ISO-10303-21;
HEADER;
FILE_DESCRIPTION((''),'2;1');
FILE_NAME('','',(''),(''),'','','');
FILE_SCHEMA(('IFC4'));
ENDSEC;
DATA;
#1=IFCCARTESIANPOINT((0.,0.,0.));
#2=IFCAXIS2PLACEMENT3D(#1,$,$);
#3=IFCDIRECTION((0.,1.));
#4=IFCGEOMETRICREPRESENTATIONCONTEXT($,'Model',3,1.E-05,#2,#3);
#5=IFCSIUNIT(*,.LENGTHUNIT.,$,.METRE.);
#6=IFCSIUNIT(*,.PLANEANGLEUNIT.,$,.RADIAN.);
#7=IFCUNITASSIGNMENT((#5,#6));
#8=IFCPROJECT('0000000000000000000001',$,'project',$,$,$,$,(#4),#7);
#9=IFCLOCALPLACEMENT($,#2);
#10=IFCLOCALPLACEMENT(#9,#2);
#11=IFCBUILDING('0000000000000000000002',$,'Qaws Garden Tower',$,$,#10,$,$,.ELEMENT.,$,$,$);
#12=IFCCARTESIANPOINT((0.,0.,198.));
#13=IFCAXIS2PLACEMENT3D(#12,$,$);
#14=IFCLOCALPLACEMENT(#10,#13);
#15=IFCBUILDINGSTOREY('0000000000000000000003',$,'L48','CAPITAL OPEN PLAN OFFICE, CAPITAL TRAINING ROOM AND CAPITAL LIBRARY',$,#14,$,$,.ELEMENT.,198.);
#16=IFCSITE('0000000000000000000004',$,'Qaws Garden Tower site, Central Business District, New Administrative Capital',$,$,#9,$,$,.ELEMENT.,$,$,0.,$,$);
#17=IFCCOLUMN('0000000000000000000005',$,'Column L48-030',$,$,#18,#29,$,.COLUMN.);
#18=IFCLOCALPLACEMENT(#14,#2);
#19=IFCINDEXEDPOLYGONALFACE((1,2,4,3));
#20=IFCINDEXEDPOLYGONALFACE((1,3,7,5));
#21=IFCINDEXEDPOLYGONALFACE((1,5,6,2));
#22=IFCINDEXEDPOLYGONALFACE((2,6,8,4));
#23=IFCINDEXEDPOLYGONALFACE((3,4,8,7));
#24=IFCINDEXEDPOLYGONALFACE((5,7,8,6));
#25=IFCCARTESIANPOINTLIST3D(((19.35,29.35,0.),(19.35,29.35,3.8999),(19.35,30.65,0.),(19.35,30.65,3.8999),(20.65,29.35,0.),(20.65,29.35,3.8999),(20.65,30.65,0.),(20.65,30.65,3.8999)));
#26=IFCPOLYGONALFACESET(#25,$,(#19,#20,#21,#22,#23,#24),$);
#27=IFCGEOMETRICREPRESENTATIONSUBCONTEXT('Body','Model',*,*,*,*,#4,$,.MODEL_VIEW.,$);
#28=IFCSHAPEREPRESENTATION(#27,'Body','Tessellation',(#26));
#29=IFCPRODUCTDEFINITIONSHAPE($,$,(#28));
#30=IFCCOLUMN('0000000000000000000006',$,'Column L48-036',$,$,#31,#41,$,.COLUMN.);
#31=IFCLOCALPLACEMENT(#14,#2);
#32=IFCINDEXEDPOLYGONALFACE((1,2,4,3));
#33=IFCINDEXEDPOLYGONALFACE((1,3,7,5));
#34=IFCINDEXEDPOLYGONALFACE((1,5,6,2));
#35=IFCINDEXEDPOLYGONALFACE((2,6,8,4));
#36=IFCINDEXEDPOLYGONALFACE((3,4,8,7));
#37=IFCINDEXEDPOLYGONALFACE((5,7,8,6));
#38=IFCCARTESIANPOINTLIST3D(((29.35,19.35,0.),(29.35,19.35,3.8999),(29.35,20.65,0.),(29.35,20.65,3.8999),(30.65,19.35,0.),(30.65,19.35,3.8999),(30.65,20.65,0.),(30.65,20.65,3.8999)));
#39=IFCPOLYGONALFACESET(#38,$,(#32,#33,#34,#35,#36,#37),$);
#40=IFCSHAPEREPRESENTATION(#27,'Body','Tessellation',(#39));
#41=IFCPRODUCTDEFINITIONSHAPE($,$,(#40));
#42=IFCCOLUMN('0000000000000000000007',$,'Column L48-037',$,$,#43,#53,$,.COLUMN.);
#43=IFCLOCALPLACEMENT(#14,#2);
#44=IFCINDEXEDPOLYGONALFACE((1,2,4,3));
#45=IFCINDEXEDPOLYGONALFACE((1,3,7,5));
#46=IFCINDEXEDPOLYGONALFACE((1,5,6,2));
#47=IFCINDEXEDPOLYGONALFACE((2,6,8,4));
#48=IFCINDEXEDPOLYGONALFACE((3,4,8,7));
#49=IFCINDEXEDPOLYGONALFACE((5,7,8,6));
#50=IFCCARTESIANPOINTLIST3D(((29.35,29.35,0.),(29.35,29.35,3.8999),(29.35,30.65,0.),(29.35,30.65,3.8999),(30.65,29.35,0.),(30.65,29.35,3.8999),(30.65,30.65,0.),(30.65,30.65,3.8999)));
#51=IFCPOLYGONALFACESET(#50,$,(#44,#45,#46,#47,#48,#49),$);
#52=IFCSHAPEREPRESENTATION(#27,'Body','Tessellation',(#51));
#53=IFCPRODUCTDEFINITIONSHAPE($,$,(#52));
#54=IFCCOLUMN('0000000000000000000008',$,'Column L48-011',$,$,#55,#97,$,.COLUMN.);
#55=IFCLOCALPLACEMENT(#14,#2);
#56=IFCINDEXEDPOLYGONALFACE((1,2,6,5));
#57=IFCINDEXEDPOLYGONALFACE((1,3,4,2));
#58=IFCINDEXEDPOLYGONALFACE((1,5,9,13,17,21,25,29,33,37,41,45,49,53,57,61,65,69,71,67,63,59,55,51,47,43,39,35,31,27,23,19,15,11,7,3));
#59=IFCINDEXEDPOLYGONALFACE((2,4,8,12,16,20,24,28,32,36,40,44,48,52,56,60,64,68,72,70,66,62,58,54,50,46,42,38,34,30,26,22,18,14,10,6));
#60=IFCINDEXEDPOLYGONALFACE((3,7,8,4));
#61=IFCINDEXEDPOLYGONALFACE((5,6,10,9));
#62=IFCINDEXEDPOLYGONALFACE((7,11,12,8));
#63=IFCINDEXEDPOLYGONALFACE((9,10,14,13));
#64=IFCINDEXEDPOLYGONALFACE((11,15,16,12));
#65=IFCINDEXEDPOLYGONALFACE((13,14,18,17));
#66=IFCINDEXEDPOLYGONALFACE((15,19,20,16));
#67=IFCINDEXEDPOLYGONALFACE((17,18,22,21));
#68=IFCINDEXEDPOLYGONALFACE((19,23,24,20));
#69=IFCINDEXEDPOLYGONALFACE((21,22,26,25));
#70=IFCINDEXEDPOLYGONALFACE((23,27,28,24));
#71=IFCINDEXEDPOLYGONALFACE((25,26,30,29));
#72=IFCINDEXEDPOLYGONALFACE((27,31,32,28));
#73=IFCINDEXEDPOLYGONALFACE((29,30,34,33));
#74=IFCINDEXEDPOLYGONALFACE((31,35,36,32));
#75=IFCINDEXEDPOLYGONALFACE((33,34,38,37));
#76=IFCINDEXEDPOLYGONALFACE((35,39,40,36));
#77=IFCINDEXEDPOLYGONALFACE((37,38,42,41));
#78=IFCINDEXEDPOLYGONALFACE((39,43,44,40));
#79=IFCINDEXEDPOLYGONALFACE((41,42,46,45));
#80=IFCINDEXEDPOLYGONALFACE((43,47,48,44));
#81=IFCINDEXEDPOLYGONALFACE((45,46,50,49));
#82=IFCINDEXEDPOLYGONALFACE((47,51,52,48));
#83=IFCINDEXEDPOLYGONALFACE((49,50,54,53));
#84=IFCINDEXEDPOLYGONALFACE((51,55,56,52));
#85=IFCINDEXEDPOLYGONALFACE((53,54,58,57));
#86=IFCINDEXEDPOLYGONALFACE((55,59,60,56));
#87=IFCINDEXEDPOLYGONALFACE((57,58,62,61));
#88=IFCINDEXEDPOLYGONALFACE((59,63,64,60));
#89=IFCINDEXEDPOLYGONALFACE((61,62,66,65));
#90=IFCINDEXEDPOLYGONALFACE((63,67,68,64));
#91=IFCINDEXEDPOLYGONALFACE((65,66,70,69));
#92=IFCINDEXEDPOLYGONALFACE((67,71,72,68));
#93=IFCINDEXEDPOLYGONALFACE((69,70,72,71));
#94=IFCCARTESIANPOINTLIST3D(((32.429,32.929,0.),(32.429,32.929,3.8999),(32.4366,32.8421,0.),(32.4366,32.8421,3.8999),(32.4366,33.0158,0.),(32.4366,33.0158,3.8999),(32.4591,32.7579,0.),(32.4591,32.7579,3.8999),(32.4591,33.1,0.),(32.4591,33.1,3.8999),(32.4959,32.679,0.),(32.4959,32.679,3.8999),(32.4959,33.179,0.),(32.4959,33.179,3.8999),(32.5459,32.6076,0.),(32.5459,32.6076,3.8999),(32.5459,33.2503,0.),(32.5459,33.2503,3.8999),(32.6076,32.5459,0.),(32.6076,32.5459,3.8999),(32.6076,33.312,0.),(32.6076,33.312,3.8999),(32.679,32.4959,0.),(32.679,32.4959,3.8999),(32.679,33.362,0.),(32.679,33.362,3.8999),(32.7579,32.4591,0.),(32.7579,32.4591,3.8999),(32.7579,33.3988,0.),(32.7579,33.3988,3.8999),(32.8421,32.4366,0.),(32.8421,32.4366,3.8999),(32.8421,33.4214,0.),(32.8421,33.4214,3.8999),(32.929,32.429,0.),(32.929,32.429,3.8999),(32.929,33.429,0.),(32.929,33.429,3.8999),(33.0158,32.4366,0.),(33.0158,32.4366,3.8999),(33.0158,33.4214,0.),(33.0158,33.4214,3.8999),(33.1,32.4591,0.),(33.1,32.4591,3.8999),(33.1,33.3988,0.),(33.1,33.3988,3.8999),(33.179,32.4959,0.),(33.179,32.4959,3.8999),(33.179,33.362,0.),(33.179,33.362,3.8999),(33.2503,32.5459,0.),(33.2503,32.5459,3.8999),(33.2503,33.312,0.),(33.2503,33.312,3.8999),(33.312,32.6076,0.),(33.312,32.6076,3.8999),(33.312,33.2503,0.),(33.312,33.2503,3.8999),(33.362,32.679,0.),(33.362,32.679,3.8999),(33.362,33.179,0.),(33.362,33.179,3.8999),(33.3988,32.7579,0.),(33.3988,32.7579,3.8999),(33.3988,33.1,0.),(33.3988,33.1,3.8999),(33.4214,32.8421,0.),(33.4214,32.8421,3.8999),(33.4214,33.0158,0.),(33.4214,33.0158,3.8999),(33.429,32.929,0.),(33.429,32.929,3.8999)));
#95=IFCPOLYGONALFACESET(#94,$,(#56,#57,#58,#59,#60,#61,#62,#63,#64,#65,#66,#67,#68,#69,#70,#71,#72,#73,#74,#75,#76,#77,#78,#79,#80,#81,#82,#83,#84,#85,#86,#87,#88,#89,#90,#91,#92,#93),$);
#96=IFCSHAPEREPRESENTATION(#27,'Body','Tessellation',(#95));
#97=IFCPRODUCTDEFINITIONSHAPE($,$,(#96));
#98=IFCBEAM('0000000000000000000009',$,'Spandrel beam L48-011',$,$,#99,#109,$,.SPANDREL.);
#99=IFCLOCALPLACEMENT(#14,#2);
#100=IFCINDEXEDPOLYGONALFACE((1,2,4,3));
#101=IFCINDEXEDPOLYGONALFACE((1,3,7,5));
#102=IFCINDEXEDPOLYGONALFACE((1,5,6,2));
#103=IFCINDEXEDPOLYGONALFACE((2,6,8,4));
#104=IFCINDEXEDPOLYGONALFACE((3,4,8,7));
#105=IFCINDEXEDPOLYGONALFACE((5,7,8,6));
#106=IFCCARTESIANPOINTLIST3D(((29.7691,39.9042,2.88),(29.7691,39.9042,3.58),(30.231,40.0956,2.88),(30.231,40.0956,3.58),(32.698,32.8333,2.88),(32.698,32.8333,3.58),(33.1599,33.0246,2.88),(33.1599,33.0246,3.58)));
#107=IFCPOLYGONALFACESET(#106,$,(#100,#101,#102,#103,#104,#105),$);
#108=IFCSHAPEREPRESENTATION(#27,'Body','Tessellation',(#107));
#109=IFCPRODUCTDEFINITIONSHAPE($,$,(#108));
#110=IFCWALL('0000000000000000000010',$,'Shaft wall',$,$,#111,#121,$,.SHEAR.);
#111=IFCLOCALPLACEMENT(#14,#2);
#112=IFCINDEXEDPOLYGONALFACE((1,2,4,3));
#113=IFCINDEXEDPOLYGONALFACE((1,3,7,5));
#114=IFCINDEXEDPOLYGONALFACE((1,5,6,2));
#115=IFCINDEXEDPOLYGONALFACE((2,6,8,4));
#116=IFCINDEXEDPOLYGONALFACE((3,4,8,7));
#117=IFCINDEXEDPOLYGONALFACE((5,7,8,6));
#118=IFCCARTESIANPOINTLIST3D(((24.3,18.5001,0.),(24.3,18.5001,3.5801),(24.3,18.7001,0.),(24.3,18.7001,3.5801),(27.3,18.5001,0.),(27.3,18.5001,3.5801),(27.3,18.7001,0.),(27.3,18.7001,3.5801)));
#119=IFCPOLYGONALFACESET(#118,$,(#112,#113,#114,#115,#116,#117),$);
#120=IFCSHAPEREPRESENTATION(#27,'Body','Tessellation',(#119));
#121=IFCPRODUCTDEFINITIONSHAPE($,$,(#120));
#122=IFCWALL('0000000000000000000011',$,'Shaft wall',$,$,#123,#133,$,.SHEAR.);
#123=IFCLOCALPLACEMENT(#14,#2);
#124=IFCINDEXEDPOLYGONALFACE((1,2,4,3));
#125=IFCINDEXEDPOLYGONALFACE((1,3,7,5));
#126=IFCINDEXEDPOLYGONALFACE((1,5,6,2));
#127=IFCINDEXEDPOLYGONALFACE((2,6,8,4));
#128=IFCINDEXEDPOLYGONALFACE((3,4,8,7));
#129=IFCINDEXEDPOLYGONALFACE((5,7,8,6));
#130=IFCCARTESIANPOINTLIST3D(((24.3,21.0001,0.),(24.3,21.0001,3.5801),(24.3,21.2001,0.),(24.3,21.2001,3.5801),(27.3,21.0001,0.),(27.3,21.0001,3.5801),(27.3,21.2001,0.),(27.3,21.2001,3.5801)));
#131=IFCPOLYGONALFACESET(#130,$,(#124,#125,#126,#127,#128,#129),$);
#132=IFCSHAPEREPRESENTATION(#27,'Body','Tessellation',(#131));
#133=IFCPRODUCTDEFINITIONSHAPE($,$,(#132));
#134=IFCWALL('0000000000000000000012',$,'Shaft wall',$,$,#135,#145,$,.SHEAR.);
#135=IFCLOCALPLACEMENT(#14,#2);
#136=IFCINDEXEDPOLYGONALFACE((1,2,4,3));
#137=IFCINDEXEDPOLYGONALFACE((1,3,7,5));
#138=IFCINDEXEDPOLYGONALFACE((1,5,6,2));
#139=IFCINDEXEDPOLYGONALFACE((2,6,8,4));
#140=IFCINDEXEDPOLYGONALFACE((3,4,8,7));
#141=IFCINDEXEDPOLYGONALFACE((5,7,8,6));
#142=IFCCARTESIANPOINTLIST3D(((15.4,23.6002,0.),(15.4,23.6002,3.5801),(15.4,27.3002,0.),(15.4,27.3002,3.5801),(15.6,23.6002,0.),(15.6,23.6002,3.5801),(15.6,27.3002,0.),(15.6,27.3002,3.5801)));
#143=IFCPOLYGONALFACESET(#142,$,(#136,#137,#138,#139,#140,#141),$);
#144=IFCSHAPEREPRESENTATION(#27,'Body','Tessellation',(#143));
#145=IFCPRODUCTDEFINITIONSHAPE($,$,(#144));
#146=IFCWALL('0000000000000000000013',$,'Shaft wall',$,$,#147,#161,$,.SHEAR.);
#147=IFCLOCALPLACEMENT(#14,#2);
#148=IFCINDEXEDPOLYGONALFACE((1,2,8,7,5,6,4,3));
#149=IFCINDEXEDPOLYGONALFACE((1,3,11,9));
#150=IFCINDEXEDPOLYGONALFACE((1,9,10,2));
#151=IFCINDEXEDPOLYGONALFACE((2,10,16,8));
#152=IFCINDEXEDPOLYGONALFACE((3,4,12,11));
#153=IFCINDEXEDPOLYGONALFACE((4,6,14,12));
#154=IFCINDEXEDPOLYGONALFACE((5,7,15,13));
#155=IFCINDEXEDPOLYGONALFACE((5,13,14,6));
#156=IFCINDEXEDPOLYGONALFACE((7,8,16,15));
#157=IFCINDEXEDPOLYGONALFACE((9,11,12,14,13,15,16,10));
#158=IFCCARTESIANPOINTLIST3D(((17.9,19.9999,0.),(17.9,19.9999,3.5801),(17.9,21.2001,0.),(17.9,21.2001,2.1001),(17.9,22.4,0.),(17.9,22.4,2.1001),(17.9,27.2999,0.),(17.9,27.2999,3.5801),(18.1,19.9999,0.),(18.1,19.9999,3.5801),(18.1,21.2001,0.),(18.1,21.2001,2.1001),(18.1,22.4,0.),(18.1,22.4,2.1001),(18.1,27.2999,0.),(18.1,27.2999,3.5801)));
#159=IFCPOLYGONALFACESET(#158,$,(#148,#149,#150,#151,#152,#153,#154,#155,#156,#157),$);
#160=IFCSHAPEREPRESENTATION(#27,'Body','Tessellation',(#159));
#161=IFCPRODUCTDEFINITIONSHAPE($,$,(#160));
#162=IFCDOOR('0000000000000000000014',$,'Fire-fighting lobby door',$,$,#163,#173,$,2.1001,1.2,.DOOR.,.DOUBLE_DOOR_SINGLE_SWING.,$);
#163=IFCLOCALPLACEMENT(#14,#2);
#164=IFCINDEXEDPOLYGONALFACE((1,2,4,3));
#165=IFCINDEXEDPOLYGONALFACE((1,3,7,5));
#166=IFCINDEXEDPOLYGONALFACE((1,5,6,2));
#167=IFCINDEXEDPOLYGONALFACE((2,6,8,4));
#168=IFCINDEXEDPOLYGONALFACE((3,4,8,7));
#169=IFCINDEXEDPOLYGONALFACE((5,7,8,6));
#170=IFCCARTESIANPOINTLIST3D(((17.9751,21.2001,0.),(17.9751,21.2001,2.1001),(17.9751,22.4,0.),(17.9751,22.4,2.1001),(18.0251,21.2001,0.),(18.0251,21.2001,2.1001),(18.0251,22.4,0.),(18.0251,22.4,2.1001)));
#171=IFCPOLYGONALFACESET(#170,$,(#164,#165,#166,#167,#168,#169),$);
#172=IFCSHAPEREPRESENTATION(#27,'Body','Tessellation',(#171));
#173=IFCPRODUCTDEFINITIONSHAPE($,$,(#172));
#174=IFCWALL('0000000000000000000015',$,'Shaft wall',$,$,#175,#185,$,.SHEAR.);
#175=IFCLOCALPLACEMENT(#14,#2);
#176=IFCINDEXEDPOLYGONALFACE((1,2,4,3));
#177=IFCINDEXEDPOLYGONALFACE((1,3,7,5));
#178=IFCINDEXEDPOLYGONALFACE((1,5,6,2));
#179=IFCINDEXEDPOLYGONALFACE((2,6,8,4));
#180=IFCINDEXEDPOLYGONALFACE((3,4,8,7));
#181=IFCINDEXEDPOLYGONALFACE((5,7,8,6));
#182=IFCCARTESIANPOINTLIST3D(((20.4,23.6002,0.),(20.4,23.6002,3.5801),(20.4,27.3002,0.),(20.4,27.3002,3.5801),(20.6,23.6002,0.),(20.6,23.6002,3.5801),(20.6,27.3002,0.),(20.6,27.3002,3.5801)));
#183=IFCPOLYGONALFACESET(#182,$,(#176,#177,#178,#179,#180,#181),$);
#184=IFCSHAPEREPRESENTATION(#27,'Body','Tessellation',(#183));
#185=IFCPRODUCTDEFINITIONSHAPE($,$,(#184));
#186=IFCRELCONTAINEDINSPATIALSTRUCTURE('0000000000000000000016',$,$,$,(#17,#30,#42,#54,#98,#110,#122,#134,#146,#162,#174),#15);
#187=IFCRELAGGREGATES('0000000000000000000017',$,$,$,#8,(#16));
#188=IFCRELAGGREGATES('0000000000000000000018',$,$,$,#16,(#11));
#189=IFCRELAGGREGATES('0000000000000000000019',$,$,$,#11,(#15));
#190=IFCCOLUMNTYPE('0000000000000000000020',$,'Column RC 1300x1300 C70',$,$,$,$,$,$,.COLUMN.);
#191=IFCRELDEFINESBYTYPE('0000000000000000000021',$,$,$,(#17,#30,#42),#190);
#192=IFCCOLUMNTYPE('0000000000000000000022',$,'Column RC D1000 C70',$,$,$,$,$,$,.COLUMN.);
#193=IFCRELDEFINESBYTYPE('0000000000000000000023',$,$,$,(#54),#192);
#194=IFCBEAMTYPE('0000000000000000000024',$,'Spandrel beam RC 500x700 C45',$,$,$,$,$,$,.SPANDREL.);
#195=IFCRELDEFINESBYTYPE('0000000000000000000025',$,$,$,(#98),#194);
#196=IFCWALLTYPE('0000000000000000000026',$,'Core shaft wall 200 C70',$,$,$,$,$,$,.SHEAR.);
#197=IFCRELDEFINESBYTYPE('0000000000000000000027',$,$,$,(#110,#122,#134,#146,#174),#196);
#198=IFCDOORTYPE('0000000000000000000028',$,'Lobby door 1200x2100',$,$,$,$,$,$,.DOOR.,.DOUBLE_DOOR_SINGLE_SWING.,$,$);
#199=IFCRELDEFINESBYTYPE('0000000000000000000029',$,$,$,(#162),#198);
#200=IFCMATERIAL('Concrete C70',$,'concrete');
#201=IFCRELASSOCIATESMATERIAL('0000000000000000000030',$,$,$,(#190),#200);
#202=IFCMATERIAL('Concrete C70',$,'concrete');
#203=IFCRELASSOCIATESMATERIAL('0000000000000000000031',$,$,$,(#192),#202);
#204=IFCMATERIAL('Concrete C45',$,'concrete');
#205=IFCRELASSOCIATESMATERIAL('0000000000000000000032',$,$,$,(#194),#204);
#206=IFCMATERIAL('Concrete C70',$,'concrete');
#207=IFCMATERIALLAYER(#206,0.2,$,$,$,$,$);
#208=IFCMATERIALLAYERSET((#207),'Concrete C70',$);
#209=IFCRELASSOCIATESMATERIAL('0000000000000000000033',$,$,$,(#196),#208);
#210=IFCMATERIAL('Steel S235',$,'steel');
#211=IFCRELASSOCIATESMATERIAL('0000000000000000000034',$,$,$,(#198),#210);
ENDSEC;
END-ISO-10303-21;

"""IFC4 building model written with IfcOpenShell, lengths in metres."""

from ifc_helpers import new_model, si_unit, direction, frame, frame_2d, origin, origin_2d, place, context, subcontext, project, spatial, rectangle, circle, extrude, material, layer, layer_set, material_profile, profile_set, type_object, element, fill, save


model = new_model("IFC4")

# Units and contexts
model_context = context("Model", 3, precision=1e-05, world=origin(), true_north=direction((0.0, 1.0)))
body_context = subcontext(model_context, "Body", "Model", "MODEL_VIEW")
ifc_project = project(units=[si_unit("LENGTHUNIT", "METRE"), si_unit("PLANEANGLEUNIT", "RADIAN")], contexts=[model_context])

# Site, building, storey
site_placement = place(None, origin())
site = spatial("IfcSite", under=ifc_project, at=site_placement, Name="Qaws Garden Tower site, Central Business District, New Administrative Capital", CompositionType="ELEMENT", RefElevation=0.0)
building_placement = place(site_placement, origin())
building = spatial("IfcBuilding", under=site, at=building_placement, Name="Qaws Garden Tower", CompositionType="ELEMENT")
storey_placement = place(building_placement, frame((0.0, 0.0, 198.0)))
storey = spatial("IfcBuildingStorey", under=building, at=storey_placement, Name="L48", Description="CAPITAL OPEN PLAN OFFICE, CAPITAL TRAINING ROOM AND CAPITAL LIBRARY", CompositionType="ELEMENT", Elevation=198.0)

# Columns
ifc_material_1 = material(Name="Concrete C70", Category="concrete")
ifc_material_profile_1 = material_profile(ifc_material_1, rectangle(XDim=1.3, YDim=1.3, at=origin_2d()), Name="RC 1300x1300")
ifc_profile_set_1 = profile_set([ifc_material_profile_1], Name="Concrete C70")
column_type_1 = type_object("IfcColumnType", Name="Column RC 1300x1300 C70", PredefinedType="COLUMN", material=ifc_profile_set_1)
for number, where, z_axis, x_axis, name in (
    (1, (20.0, 30.0, 0.0), (0.0, 0.0, 1.0), (1.0, 0.0, 0.0), "Column L48-030"),
    (2, (30.0, 20.0, 0.0), (0.0, 0.0, 1.0), (1.0, 0.0, 0.0), "Column L48-036"),
    (3, (30.0, 30.0, 0.0), (0.0, 0.0, 1.0), (1.0, 0.0, 0.0), "Column L48-037"),
):
    element("IfcColumn", number, at=place(storey_placement, frame(where, z_axis=z_axis, x_axis=x_axis)), inside=storey, type_object=column_type_1, Name=name, PredefinedType="COLUMN", context=body_context, shape_type="SweptSolid", body=[
        extrude(rectangle(XDim=1.3, YDim=1.3, at=origin_2d()), origin(), (0.0, 0.0, 1.0), 3.8999),
    ])
ifc_material_2 = material(Name="Concrete C70", Category="concrete")
ifc_material_profile_2 = material_profile(ifc_material_2, circle(Radius=0.5, at=origin_2d()), Name="RC D1000")
ifc_profile_set_2 = profile_set([ifc_material_profile_2], Name="Concrete C70")
column_type_2 = type_object("IfcColumnType", Name="Column RC D1000 C70", PredefinedType="COLUMN", material=ifc_profile_set_2)
column_placement = place(storey_placement, frame((32.929, 32.929, 0.0), z_axis=(0.0, 0.0, 1.0), x_axis=(1.0, 0.0, 0.0)))
element("IfcColumn", 4, at=column_placement, inside=storey, type_object=column_type_2, Name="Column L48-011", PredefinedType="COLUMN", context=body_context, shape_type="SweptSolid", body=[
    extrude(circle(Radius=0.5, at=origin_2d()), origin(), (0.0, 0.0, 1.0), 3.8999),
])

# Beam
ifc_material_3 = material(Name="Concrete C45", Category="concrete")
ifc_material_profile_3 = material_profile(ifc_material_3, rectangle(XDim=0.5, YDim=0.7, at=origin_2d()), Name="RC 500x700")
ifc_profile_set_3 = profile_set([ifc_material_profile_3], Name="Concrete C45")
beam_type = type_object("IfcBeamType", Name="Spandrel beam RC 500x700 C45", PredefinedType="SPANDREL", material=ifc_profile_set_3)
beam_placement = place(storey_placement, frame((32.929, 32.929, 3.23), z_axis=(-0.382687, 0.923878, 0.0), x_axis=(-0.923878, -0.382687, 0.0)))
element("IfcBeam", 5, at=beam_placement, inside=storey, type_object=beam_type, Name="Spandrel beam L48-011", PredefinedType="SPANDREL", context=body_context, shape_type="SweptSolid", body=[
    extrude(rectangle(XDim=0.5, YDim=0.7, at=origin_2d()), origin(), (0.0, 0.0, 1.0), 7.6536),
])

# Walls
ifc_material_4 = material(Name="Concrete C70", Category="concrete")
ifc_layer_1 = layer(ifc_material_4, 0.2)
ifc_layer_set_1 = layer_set([ifc_layer_1], Name="Concrete C70")
wall_type_1 = type_object("IfcWallType", Name="Core shaft wall 200 C70", PredefinedType="SHEAR", material=ifc_layer_set_1)
for number, where, z_axis, x_axis, name in (
    (6, (24.3, 18.6001, 0.0), (0.0, 0.0, 1.0), (1.0, 0.0, 0.0), "Shaft wall"),
    (7, (24.3, 21.1001, 0.0), (0.0, 0.0, 1.0), (1.0, 0.0, 0.0), "Shaft wall"),
):
    element("IfcWall", number, at=place(storey_placement, frame(where, z_axis=z_axis, x_axis=x_axis)), inside=storey, type_object=wall_type_1, Name=name, PredefinedType="SHEAR", context=body_context, shape_type="SweptSolid", body=[
        extrude(rectangle(XDim=3.0, YDim=0.2, at=frame_2d((1.5, 0.0))), origin(), (0.0, 0.0, 1.0), 3.5801),
    ])
wall_1_placement = place(storey_placement, frame((15.5, 23.6001, 0.0), z_axis=(0.0, 0.0, 1.0), x_axis=(0.0, 1.0, 0.0)))
element("IfcWall", 8, at=wall_1_placement, inside=storey, type_object=wall_type_1, Name="Shaft wall", PredefinedType="SHEAR", context=body_context, shape_type="SweptSolid", body=[
    extrude(rectangle(XDim=3.7, YDim=0.2, at=frame_2d((1.8501, 0.0))), origin(), (0.0, 0.0, 1.0), 3.5801),
])

# Wall, opening, door
wall_2_placement = place(storey_placement, frame((18.0, 20.0, 0.0), z_axis=(0.0, 0.0, 1.0), x_axis=(0.0, 1.0, 0.0)))
wall_2 = element("IfcWall", 9, at=wall_2_placement, inside=storey, type_object=wall_type_1, Name="Shaft wall", PredefinedType="SHEAR", context=body_context, shape_type="SweptSolid", body=[
    extrude(rectangle(XDim=7.3, YDim=0.2, at=frame_2d((3.6499, 0.0))), origin(), (0.0, 0.0, 1.0), 3.5801),
])
opening_1_placement = place(wall_2_placement, frame((1.2, 0.0, 0.0)))
opening_1 = element("IfcOpeningElement", 10, at=opening_1_placement, cuts=wall_2, PredefinedType="OPENING", context=body_context, shape_type="SweptSolid", body=[
    extrude(rectangle(XDim=1.2, YDim=2.1001, at=frame_2d((0.6001, 1.05))), frame((0.0, 0.1099, 0.0), z_axis=(0.0, -1.0, 0.0), x_axis=(1.0, 0.0, 0.0)), (0.0, 0.0, 1.0), 0.22),
])
ifc_material_5 = material(Name="Steel S235", Category="steel")
door_type_1 = type_object("IfcDoorType", Name="Lobby door 1200x2100", OperationType="DOUBLE_DOOR_SINGLE_SWING", PredefinedType="DOOR", material=ifc_material_5)
door_1_placement = place(opening_1_placement, origin())
door_1 = element("IfcDoor", 11, at=door_1_placement, inside=storey, type_object=door_type_1, Name="Fire-fighting lobby door", OperationType="DOUBLE_DOOR_SINGLE_SWING", OverallHeight=2.1001, OverallWidth=1.2, PredefinedType="DOOR", context=body_context, shape_type="SweptSolid", body=[
    extrude(rectangle(XDim=1.2, YDim=2.1001, at=frame_2d((0.6001, 1.05))), frame((0.0, 0.0249, 0.0), z_axis=(0.0, -1.0, 0.0), x_axis=(1.0, 0.0, 0.0)), (0.0, 0.0, 1.0), 0.05),
])
fill(opening_1, door_1)

# Wall
wall_3_placement = place(storey_placement, frame((20.5, 23.6001, 0.0), z_axis=(0.0, 0.0, 1.0), x_axis=(0.0, 1.0, 0.0)))
element("IfcWall", 12, at=wall_3_placement, inside=storey, type_object=wall_type_1, Name="Shaft wall", PredefinedType="SHEAR", context=body_context, shape_type="SweptSolid", body=[
    extrude(rectangle(XDim=3.7, YDim=0.2, at=frame_2d((1.8501, 0.0))), origin(), (0.0, 0.0, 1.0), 3.5801),
])

save(model, "model.ifc")
